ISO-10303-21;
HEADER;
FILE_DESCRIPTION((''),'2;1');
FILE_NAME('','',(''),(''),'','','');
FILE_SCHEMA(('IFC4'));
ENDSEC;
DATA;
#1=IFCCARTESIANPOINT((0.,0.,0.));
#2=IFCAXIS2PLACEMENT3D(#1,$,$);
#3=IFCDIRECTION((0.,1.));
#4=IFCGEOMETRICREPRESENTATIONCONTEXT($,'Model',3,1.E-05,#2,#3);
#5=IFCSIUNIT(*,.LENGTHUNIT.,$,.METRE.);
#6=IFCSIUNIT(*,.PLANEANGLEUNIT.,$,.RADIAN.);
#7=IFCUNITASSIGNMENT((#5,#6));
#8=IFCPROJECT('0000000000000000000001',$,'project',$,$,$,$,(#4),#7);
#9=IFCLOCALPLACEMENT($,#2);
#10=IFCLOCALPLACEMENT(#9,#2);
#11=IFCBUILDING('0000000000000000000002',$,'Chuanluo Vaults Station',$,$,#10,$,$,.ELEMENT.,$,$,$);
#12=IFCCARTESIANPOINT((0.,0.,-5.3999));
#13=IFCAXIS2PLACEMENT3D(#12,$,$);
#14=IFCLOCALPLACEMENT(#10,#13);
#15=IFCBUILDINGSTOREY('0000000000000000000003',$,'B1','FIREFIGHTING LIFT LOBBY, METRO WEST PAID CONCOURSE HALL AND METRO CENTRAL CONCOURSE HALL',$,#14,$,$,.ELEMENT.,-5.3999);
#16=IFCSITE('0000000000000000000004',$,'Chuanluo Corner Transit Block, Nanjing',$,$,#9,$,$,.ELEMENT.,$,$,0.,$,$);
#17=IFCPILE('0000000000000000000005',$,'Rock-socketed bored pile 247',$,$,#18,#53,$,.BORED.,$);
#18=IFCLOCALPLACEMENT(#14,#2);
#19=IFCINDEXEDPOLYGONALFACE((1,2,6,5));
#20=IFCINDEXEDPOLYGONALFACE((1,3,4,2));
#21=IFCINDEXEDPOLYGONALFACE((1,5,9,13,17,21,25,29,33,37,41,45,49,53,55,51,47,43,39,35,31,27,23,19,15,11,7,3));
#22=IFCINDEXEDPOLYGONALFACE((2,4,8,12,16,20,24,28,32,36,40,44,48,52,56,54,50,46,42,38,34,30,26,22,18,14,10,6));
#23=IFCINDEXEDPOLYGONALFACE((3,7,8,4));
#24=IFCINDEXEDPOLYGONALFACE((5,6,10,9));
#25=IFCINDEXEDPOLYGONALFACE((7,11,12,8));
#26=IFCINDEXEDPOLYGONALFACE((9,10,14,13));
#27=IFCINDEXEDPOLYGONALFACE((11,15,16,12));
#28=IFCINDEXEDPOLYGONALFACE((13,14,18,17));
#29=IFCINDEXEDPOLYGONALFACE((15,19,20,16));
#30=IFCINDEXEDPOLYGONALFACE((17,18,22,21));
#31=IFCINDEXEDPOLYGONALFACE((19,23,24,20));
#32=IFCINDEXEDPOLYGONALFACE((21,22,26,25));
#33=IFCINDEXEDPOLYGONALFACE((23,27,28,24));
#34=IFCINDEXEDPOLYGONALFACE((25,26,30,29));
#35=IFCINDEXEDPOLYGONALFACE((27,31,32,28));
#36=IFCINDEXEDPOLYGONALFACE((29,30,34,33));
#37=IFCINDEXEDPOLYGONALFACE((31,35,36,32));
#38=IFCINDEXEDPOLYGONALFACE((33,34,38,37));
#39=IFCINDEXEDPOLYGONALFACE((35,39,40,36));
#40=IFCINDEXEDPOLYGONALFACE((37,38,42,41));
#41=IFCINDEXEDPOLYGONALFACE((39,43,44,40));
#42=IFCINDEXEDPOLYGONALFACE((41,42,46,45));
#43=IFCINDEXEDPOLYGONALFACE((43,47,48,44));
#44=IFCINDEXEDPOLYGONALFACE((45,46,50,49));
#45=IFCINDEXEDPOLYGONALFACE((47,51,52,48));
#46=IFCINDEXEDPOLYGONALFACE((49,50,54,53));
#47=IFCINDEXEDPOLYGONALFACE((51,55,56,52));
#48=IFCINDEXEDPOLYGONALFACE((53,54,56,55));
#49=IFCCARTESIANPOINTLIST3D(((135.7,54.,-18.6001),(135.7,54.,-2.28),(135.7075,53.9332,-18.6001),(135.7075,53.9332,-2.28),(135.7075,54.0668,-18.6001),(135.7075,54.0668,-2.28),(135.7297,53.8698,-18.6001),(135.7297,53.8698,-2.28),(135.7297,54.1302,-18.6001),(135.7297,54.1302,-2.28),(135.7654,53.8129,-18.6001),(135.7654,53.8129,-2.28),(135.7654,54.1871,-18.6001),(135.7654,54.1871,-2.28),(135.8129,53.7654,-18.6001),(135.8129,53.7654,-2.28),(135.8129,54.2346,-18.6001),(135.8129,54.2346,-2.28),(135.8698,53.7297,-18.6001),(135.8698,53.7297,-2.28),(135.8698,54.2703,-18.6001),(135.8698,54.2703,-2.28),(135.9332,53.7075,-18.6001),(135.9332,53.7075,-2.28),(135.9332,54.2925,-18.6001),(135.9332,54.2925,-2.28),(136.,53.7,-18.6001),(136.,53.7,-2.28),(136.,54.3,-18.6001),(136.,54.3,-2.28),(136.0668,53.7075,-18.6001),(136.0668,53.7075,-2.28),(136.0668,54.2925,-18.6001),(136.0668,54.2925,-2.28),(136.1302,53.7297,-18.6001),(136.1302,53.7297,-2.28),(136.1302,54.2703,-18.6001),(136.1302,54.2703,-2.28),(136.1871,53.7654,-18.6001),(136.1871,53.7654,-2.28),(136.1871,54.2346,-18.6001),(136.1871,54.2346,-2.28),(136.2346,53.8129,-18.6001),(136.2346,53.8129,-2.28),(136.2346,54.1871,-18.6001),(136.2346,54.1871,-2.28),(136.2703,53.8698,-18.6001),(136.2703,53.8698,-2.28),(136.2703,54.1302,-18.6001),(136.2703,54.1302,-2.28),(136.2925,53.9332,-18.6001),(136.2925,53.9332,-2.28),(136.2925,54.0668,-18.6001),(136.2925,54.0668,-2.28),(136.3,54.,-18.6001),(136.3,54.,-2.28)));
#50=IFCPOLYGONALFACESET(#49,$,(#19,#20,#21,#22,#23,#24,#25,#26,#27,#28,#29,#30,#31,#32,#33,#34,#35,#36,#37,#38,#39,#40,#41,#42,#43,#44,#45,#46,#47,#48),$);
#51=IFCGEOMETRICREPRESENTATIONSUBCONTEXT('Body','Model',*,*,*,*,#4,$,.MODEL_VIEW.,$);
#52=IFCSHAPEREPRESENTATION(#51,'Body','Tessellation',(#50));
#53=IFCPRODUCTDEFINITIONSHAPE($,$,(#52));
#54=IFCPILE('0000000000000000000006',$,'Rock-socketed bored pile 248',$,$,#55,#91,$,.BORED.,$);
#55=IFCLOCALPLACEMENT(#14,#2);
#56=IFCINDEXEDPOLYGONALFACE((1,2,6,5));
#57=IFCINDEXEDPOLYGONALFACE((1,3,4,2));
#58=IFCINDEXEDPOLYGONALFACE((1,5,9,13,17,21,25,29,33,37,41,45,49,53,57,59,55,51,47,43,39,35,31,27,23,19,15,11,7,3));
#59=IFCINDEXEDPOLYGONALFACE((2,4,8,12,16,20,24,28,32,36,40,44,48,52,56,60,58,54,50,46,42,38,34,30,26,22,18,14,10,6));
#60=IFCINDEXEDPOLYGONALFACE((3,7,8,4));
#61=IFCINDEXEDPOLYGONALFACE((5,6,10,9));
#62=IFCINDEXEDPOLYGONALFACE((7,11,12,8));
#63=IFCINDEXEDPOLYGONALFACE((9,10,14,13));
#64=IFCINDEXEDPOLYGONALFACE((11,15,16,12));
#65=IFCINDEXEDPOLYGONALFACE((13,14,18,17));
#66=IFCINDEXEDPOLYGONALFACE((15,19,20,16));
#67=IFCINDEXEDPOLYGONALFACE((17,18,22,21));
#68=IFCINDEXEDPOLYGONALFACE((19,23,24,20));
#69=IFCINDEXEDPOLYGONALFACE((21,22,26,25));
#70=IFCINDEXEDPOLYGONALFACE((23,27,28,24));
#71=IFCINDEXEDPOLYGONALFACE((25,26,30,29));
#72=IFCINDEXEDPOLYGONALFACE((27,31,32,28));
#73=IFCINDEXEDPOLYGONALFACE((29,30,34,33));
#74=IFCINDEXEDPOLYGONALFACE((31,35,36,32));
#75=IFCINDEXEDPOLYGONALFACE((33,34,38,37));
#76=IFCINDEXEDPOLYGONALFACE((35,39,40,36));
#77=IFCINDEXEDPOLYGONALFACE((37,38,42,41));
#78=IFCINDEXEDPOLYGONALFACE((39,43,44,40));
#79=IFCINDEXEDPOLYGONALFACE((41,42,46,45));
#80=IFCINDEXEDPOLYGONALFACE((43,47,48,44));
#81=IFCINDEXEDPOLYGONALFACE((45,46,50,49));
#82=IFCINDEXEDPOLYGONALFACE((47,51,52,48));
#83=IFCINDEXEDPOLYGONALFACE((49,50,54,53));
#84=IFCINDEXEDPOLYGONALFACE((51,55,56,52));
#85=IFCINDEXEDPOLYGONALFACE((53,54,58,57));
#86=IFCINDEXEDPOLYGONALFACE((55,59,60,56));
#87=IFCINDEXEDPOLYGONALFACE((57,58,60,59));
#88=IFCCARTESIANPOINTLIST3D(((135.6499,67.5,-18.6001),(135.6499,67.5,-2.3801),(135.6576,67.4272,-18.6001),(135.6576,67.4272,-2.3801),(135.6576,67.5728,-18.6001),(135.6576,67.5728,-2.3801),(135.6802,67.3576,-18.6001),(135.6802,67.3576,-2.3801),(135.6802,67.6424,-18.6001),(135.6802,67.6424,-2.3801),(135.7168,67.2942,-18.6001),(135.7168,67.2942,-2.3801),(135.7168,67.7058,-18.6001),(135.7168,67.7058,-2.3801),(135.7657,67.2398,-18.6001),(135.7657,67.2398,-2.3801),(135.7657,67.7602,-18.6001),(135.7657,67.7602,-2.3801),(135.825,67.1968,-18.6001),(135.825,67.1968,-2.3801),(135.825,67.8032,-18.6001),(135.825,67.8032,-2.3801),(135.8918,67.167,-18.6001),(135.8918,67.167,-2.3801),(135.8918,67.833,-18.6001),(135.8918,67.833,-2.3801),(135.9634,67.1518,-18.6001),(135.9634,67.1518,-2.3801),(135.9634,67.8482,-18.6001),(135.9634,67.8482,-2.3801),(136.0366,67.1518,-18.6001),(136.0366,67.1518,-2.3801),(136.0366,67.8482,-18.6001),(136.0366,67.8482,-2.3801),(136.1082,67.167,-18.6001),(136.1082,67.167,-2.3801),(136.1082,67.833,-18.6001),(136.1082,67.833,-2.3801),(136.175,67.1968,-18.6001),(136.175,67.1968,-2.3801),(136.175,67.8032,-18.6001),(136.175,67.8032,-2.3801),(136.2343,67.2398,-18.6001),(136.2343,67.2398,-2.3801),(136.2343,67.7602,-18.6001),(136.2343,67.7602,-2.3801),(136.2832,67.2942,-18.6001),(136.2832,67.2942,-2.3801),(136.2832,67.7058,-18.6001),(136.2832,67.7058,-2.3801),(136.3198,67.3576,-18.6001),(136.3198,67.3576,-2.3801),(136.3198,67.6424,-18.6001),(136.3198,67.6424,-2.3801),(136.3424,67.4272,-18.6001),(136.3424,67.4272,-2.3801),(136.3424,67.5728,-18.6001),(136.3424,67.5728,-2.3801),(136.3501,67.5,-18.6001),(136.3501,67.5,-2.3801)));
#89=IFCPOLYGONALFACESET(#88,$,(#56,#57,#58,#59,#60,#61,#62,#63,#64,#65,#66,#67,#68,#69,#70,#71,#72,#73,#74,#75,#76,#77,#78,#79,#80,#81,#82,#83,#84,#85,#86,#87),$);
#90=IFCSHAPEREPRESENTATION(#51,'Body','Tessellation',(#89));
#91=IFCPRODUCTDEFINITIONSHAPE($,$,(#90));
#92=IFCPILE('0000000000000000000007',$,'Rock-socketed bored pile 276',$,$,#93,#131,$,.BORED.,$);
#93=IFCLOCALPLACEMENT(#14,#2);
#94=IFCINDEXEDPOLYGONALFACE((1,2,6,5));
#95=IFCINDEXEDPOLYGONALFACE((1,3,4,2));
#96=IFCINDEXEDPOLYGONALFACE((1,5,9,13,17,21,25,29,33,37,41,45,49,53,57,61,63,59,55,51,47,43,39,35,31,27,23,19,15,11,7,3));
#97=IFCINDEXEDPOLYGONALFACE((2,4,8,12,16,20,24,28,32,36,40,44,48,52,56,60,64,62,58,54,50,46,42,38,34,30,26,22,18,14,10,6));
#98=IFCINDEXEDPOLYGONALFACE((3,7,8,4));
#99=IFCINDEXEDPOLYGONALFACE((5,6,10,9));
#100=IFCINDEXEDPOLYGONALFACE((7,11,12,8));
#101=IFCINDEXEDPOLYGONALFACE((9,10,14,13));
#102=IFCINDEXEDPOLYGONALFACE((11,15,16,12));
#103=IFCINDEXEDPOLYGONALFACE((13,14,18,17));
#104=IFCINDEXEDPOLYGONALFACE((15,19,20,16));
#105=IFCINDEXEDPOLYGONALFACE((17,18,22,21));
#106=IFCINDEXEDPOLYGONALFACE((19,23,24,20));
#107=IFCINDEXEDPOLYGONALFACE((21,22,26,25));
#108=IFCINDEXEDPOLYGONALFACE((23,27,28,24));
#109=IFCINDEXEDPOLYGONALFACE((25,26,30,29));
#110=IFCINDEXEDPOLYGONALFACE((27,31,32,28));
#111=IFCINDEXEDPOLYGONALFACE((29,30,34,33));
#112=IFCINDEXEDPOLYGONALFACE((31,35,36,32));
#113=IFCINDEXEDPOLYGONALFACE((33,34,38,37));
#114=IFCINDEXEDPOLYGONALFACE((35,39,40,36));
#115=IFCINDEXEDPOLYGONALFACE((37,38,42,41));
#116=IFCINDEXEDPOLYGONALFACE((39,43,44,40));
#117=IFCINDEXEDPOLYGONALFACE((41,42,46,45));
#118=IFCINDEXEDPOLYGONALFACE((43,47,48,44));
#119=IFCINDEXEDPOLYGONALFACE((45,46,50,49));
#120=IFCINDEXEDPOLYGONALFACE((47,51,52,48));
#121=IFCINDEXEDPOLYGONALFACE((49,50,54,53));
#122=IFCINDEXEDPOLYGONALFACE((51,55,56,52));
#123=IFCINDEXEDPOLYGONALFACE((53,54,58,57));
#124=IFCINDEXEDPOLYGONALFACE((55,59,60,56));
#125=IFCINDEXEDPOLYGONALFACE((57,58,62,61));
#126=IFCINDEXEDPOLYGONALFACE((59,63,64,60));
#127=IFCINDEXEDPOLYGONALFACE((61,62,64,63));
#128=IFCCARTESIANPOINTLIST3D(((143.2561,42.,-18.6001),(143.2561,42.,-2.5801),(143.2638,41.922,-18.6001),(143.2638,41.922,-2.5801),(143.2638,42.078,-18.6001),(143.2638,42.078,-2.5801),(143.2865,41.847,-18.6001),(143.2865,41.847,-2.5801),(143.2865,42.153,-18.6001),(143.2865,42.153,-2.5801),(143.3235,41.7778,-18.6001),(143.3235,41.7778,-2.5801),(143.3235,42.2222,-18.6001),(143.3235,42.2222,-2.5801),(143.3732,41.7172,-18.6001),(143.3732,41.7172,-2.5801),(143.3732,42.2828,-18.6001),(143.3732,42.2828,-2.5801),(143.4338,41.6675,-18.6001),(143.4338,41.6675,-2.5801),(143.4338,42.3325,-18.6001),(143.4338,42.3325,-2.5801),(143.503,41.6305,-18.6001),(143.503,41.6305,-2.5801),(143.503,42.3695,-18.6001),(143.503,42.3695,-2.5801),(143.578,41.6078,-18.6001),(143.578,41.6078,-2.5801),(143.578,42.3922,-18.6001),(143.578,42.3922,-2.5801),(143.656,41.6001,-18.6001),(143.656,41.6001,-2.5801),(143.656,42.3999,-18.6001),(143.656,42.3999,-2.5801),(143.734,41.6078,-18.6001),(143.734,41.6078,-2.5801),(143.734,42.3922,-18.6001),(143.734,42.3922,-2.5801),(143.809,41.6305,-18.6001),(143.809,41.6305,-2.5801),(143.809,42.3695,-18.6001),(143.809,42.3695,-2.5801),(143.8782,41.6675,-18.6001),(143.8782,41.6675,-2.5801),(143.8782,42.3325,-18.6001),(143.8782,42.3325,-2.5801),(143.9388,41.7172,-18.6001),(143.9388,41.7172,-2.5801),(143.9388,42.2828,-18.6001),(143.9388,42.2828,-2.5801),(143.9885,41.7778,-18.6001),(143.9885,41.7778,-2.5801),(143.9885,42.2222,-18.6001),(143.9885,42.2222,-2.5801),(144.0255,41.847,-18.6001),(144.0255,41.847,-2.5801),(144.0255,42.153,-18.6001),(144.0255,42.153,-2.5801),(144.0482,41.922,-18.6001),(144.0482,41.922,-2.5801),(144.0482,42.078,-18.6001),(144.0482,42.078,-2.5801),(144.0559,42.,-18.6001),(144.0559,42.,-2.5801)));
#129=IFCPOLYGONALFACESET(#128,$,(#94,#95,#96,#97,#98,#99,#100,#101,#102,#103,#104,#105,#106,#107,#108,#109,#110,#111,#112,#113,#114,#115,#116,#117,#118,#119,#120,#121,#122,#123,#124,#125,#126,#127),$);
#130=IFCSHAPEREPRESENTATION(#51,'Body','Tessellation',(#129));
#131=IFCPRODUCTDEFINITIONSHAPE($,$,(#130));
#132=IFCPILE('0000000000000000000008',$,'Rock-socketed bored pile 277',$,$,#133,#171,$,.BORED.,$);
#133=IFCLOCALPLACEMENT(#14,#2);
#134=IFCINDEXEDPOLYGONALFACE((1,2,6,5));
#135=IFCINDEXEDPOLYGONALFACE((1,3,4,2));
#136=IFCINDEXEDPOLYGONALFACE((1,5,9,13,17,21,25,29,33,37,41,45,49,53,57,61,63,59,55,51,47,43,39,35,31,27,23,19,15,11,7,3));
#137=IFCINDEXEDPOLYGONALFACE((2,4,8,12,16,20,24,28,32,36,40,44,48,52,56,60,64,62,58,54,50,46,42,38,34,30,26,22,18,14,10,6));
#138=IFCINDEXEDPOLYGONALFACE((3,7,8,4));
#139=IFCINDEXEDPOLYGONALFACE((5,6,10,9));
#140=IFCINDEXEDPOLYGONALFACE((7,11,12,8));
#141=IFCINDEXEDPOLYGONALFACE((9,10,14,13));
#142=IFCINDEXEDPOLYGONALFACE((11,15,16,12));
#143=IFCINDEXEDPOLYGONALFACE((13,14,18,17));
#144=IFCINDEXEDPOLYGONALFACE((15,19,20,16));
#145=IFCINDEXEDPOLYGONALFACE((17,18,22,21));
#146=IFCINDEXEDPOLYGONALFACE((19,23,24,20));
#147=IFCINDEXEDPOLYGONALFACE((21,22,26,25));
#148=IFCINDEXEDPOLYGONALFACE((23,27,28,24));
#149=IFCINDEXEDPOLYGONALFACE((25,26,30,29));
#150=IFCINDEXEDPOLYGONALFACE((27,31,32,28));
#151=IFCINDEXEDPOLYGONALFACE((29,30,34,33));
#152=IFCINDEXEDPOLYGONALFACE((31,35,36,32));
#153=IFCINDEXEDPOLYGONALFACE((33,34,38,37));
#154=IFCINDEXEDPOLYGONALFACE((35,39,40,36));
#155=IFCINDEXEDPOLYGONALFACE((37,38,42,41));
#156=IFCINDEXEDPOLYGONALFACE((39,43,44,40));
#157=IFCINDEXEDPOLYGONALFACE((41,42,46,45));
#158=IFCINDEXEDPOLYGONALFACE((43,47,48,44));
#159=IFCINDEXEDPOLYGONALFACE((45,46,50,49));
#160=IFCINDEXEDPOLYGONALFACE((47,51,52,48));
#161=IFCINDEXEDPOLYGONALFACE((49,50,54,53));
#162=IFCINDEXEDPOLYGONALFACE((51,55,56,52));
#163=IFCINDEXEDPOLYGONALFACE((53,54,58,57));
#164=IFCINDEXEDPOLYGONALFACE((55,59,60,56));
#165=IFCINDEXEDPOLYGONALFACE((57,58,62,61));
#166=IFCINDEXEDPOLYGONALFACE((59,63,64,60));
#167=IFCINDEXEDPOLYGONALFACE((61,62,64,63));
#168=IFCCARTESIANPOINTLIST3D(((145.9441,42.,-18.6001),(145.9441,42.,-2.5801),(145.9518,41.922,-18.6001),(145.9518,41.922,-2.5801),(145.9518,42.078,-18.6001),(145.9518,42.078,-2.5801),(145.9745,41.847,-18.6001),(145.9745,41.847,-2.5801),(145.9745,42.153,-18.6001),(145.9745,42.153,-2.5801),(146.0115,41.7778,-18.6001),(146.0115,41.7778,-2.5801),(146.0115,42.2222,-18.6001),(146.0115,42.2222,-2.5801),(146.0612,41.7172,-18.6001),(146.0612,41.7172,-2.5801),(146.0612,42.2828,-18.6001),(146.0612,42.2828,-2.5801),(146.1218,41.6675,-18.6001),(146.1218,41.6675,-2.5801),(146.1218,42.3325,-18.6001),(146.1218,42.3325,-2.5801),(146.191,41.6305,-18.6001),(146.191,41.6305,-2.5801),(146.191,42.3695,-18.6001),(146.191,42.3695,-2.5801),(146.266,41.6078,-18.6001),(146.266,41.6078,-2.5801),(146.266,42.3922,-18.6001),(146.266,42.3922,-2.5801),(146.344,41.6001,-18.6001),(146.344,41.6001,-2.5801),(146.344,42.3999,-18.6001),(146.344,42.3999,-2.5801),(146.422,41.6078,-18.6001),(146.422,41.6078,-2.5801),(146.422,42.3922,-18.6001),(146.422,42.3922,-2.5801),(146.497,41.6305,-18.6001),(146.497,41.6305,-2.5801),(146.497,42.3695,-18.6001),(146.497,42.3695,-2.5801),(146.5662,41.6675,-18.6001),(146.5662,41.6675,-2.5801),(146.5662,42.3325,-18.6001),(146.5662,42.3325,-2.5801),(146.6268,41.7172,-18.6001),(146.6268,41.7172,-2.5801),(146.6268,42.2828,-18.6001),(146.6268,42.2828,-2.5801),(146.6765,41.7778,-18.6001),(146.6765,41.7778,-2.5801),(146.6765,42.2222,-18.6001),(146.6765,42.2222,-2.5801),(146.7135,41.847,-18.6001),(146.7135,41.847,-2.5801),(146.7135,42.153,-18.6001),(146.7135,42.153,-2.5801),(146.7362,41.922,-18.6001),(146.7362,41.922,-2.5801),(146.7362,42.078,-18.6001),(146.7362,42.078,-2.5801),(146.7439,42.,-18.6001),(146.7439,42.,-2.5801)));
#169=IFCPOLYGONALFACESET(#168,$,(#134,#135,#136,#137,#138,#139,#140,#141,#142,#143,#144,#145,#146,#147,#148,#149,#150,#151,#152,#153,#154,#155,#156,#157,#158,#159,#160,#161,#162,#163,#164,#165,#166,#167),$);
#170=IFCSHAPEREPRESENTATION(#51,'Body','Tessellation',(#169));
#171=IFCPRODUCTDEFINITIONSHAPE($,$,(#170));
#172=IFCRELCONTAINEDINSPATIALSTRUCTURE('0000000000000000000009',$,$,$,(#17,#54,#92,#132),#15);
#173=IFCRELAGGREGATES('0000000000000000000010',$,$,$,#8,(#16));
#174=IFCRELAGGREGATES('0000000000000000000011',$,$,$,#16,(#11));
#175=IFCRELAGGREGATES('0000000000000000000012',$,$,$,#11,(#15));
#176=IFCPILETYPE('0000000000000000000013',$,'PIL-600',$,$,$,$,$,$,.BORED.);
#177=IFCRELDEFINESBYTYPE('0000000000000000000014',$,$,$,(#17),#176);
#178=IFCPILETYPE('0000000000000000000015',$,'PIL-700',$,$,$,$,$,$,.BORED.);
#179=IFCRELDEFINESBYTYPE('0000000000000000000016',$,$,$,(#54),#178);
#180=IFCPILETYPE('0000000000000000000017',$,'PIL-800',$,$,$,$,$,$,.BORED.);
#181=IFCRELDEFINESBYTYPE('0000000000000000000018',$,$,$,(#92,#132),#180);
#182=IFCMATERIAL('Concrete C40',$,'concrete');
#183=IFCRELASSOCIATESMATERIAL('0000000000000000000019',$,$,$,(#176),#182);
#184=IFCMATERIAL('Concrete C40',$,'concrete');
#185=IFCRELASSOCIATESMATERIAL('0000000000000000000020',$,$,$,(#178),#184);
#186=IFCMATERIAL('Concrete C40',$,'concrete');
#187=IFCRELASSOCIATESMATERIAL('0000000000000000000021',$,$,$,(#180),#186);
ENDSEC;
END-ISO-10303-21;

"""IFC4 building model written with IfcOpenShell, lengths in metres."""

from ifc_helpers import new_model, si_unit, direction, frame, origin, origin_2d, place, context, subcontext, project, spatial, circle, extrude, material, material_profile, profile_set, type_object, element, save


model = new_model("IFC4")

# Units and contexts
model_context = context("Model", 3, precision=1e-05, world=origin(), true_north=direction((0.0, 1.0)))
body_context = subcontext(model_context, "Body", "Model", "MODEL_VIEW")
ifc_project = project(units=[si_unit("LENGTHUNIT", "METRE"), si_unit("PLANEANGLEUNIT", "RADIAN")], contexts=[model_context])

# Site, building, storey
site_placement = place(None, origin())
site = spatial("IfcSite", under=ifc_project, at=site_placement, Name="Chuanluo Corner Transit Block, Nanjing", CompositionType="ELEMENT", RefElevation=0.0)
building_placement = place(site_placement, origin())
building = spatial("IfcBuilding", under=site, at=building_placement, Name="Chuanluo Vaults Station", CompositionType="ELEMENT")
storey_placement = place(building_placement, frame((0.0, 0.0, -5.3999)))
storey = spatial("IfcBuildingStorey", under=building, at=storey_placement, Name="B1", Description="FIREFIGHTING LIFT LOBBY, METRO WEST PAID CONCOURSE HALL AND METRO CENTRAL CONCOURSE HALL", CompositionType="ELEMENT", Elevation=-5.3999)

# Piles
ifc_material_1 = material(Name="Concrete C40", Category="concrete")
ifc_material_profile_1 = material_profile(ifc_material_1, circle(Radius=0.3, at=origin_2d()))
ifc_profile_set_1 = profile_set([ifc_material_profile_1], Name="Concrete C40")
pile_type_1 = type_object("IfcPileType", Name="PIL-600", PredefinedType="BORED", material=ifc_profile_set_1)
pile_1_placement = place(storey_placement, frame((136.0, 54.0, -2.28), z_axis=(0.0, 0.0, -1.0), x_axis=(1.0, 0.0, 0.0)))
element("IfcPile", 1, at=pile_1_placement, inside=storey, type_object=pile_type_1, Name="Rock-socketed bored pile 247", PredefinedType="BORED", context=body_context, shape_type="SweptSolid", body=[
    extrude(circle(Radius=0.3, at=origin_2d()), origin(), (0.0, 0.0, 1.0), 16.3201),
])
ifc_material_2 = material(Name="Concrete C40", Category="concrete")
ifc_material_profile_2 = material_profile(ifc_material_2, circle(Radius=0.3501, at=origin_2d()))
ifc_profile_set_2 = profile_set([ifc_material_profile_2], Name="Concrete C40")
pile_type_2 = type_object("IfcPileType", Name="PIL-700", PredefinedType="BORED", material=ifc_profile_set_2)
pile_2_placement = place(storey_placement, frame((136.0, 67.5, -2.3801), z_axis=(0.0, 0.0, -1.0), x_axis=(1.0, 0.0, 0.0)))
element("IfcPile", 2, at=pile_2_placement, inside=storey, type_object=pile_type_2, Name="Rock-socketed bored pile 248", PredefinedType="BORED", context=body_context, shape_type="SweptSolid", body=[
    extrude(circle(Radius=0.3501, at=origin_2d()), origin(), (0.0, 0.0, 1.0), 16.22),
])
ifc_material_3 = material(Name="Concrete C40", Category="concrete")
ifc_material_profile_3 = material_profile(ifc_material_3, circle(Radius=0.3999, at=origin_2d()))
ifc_profile_set_3 = profile_set([ifc_material_profile_3], Name="Concrete C40")
pile_type_3 = type_object("IfcPileType", Name="PIL-800", PredefinedType="BORED", material=ifc_profile_set_3)
for number, where, z_axis, x_axis, name in (
    (3, (143.656, 42.0, -2.5801), (0.0, 0.0, -1.0), (1.0, 0.0, 0.0), "Rock-socketed bored pile 276"),
    (4, (146.344, 42.0, -2.5801), (0.0, 0.0, -1.0), (1.0, 0.0, 0.0), "Rock-socketed bored pile 277"),
):
    element("IfcPile", number, at=place(storey_placement, frame(where, z_axis=z_axis, x_axis=x_axis)), inside=storey, type_object=pile_type_3, Name=name, PredefinedType="BORED", context=body_context, shape_type="SweptSolid", body=[
        extrude(circle(Radius=0.3999, at=origin_2d()), origin(), (0.0, 0.0, 1.0), 16.02),
    ])

save(model, "model.ifc")
